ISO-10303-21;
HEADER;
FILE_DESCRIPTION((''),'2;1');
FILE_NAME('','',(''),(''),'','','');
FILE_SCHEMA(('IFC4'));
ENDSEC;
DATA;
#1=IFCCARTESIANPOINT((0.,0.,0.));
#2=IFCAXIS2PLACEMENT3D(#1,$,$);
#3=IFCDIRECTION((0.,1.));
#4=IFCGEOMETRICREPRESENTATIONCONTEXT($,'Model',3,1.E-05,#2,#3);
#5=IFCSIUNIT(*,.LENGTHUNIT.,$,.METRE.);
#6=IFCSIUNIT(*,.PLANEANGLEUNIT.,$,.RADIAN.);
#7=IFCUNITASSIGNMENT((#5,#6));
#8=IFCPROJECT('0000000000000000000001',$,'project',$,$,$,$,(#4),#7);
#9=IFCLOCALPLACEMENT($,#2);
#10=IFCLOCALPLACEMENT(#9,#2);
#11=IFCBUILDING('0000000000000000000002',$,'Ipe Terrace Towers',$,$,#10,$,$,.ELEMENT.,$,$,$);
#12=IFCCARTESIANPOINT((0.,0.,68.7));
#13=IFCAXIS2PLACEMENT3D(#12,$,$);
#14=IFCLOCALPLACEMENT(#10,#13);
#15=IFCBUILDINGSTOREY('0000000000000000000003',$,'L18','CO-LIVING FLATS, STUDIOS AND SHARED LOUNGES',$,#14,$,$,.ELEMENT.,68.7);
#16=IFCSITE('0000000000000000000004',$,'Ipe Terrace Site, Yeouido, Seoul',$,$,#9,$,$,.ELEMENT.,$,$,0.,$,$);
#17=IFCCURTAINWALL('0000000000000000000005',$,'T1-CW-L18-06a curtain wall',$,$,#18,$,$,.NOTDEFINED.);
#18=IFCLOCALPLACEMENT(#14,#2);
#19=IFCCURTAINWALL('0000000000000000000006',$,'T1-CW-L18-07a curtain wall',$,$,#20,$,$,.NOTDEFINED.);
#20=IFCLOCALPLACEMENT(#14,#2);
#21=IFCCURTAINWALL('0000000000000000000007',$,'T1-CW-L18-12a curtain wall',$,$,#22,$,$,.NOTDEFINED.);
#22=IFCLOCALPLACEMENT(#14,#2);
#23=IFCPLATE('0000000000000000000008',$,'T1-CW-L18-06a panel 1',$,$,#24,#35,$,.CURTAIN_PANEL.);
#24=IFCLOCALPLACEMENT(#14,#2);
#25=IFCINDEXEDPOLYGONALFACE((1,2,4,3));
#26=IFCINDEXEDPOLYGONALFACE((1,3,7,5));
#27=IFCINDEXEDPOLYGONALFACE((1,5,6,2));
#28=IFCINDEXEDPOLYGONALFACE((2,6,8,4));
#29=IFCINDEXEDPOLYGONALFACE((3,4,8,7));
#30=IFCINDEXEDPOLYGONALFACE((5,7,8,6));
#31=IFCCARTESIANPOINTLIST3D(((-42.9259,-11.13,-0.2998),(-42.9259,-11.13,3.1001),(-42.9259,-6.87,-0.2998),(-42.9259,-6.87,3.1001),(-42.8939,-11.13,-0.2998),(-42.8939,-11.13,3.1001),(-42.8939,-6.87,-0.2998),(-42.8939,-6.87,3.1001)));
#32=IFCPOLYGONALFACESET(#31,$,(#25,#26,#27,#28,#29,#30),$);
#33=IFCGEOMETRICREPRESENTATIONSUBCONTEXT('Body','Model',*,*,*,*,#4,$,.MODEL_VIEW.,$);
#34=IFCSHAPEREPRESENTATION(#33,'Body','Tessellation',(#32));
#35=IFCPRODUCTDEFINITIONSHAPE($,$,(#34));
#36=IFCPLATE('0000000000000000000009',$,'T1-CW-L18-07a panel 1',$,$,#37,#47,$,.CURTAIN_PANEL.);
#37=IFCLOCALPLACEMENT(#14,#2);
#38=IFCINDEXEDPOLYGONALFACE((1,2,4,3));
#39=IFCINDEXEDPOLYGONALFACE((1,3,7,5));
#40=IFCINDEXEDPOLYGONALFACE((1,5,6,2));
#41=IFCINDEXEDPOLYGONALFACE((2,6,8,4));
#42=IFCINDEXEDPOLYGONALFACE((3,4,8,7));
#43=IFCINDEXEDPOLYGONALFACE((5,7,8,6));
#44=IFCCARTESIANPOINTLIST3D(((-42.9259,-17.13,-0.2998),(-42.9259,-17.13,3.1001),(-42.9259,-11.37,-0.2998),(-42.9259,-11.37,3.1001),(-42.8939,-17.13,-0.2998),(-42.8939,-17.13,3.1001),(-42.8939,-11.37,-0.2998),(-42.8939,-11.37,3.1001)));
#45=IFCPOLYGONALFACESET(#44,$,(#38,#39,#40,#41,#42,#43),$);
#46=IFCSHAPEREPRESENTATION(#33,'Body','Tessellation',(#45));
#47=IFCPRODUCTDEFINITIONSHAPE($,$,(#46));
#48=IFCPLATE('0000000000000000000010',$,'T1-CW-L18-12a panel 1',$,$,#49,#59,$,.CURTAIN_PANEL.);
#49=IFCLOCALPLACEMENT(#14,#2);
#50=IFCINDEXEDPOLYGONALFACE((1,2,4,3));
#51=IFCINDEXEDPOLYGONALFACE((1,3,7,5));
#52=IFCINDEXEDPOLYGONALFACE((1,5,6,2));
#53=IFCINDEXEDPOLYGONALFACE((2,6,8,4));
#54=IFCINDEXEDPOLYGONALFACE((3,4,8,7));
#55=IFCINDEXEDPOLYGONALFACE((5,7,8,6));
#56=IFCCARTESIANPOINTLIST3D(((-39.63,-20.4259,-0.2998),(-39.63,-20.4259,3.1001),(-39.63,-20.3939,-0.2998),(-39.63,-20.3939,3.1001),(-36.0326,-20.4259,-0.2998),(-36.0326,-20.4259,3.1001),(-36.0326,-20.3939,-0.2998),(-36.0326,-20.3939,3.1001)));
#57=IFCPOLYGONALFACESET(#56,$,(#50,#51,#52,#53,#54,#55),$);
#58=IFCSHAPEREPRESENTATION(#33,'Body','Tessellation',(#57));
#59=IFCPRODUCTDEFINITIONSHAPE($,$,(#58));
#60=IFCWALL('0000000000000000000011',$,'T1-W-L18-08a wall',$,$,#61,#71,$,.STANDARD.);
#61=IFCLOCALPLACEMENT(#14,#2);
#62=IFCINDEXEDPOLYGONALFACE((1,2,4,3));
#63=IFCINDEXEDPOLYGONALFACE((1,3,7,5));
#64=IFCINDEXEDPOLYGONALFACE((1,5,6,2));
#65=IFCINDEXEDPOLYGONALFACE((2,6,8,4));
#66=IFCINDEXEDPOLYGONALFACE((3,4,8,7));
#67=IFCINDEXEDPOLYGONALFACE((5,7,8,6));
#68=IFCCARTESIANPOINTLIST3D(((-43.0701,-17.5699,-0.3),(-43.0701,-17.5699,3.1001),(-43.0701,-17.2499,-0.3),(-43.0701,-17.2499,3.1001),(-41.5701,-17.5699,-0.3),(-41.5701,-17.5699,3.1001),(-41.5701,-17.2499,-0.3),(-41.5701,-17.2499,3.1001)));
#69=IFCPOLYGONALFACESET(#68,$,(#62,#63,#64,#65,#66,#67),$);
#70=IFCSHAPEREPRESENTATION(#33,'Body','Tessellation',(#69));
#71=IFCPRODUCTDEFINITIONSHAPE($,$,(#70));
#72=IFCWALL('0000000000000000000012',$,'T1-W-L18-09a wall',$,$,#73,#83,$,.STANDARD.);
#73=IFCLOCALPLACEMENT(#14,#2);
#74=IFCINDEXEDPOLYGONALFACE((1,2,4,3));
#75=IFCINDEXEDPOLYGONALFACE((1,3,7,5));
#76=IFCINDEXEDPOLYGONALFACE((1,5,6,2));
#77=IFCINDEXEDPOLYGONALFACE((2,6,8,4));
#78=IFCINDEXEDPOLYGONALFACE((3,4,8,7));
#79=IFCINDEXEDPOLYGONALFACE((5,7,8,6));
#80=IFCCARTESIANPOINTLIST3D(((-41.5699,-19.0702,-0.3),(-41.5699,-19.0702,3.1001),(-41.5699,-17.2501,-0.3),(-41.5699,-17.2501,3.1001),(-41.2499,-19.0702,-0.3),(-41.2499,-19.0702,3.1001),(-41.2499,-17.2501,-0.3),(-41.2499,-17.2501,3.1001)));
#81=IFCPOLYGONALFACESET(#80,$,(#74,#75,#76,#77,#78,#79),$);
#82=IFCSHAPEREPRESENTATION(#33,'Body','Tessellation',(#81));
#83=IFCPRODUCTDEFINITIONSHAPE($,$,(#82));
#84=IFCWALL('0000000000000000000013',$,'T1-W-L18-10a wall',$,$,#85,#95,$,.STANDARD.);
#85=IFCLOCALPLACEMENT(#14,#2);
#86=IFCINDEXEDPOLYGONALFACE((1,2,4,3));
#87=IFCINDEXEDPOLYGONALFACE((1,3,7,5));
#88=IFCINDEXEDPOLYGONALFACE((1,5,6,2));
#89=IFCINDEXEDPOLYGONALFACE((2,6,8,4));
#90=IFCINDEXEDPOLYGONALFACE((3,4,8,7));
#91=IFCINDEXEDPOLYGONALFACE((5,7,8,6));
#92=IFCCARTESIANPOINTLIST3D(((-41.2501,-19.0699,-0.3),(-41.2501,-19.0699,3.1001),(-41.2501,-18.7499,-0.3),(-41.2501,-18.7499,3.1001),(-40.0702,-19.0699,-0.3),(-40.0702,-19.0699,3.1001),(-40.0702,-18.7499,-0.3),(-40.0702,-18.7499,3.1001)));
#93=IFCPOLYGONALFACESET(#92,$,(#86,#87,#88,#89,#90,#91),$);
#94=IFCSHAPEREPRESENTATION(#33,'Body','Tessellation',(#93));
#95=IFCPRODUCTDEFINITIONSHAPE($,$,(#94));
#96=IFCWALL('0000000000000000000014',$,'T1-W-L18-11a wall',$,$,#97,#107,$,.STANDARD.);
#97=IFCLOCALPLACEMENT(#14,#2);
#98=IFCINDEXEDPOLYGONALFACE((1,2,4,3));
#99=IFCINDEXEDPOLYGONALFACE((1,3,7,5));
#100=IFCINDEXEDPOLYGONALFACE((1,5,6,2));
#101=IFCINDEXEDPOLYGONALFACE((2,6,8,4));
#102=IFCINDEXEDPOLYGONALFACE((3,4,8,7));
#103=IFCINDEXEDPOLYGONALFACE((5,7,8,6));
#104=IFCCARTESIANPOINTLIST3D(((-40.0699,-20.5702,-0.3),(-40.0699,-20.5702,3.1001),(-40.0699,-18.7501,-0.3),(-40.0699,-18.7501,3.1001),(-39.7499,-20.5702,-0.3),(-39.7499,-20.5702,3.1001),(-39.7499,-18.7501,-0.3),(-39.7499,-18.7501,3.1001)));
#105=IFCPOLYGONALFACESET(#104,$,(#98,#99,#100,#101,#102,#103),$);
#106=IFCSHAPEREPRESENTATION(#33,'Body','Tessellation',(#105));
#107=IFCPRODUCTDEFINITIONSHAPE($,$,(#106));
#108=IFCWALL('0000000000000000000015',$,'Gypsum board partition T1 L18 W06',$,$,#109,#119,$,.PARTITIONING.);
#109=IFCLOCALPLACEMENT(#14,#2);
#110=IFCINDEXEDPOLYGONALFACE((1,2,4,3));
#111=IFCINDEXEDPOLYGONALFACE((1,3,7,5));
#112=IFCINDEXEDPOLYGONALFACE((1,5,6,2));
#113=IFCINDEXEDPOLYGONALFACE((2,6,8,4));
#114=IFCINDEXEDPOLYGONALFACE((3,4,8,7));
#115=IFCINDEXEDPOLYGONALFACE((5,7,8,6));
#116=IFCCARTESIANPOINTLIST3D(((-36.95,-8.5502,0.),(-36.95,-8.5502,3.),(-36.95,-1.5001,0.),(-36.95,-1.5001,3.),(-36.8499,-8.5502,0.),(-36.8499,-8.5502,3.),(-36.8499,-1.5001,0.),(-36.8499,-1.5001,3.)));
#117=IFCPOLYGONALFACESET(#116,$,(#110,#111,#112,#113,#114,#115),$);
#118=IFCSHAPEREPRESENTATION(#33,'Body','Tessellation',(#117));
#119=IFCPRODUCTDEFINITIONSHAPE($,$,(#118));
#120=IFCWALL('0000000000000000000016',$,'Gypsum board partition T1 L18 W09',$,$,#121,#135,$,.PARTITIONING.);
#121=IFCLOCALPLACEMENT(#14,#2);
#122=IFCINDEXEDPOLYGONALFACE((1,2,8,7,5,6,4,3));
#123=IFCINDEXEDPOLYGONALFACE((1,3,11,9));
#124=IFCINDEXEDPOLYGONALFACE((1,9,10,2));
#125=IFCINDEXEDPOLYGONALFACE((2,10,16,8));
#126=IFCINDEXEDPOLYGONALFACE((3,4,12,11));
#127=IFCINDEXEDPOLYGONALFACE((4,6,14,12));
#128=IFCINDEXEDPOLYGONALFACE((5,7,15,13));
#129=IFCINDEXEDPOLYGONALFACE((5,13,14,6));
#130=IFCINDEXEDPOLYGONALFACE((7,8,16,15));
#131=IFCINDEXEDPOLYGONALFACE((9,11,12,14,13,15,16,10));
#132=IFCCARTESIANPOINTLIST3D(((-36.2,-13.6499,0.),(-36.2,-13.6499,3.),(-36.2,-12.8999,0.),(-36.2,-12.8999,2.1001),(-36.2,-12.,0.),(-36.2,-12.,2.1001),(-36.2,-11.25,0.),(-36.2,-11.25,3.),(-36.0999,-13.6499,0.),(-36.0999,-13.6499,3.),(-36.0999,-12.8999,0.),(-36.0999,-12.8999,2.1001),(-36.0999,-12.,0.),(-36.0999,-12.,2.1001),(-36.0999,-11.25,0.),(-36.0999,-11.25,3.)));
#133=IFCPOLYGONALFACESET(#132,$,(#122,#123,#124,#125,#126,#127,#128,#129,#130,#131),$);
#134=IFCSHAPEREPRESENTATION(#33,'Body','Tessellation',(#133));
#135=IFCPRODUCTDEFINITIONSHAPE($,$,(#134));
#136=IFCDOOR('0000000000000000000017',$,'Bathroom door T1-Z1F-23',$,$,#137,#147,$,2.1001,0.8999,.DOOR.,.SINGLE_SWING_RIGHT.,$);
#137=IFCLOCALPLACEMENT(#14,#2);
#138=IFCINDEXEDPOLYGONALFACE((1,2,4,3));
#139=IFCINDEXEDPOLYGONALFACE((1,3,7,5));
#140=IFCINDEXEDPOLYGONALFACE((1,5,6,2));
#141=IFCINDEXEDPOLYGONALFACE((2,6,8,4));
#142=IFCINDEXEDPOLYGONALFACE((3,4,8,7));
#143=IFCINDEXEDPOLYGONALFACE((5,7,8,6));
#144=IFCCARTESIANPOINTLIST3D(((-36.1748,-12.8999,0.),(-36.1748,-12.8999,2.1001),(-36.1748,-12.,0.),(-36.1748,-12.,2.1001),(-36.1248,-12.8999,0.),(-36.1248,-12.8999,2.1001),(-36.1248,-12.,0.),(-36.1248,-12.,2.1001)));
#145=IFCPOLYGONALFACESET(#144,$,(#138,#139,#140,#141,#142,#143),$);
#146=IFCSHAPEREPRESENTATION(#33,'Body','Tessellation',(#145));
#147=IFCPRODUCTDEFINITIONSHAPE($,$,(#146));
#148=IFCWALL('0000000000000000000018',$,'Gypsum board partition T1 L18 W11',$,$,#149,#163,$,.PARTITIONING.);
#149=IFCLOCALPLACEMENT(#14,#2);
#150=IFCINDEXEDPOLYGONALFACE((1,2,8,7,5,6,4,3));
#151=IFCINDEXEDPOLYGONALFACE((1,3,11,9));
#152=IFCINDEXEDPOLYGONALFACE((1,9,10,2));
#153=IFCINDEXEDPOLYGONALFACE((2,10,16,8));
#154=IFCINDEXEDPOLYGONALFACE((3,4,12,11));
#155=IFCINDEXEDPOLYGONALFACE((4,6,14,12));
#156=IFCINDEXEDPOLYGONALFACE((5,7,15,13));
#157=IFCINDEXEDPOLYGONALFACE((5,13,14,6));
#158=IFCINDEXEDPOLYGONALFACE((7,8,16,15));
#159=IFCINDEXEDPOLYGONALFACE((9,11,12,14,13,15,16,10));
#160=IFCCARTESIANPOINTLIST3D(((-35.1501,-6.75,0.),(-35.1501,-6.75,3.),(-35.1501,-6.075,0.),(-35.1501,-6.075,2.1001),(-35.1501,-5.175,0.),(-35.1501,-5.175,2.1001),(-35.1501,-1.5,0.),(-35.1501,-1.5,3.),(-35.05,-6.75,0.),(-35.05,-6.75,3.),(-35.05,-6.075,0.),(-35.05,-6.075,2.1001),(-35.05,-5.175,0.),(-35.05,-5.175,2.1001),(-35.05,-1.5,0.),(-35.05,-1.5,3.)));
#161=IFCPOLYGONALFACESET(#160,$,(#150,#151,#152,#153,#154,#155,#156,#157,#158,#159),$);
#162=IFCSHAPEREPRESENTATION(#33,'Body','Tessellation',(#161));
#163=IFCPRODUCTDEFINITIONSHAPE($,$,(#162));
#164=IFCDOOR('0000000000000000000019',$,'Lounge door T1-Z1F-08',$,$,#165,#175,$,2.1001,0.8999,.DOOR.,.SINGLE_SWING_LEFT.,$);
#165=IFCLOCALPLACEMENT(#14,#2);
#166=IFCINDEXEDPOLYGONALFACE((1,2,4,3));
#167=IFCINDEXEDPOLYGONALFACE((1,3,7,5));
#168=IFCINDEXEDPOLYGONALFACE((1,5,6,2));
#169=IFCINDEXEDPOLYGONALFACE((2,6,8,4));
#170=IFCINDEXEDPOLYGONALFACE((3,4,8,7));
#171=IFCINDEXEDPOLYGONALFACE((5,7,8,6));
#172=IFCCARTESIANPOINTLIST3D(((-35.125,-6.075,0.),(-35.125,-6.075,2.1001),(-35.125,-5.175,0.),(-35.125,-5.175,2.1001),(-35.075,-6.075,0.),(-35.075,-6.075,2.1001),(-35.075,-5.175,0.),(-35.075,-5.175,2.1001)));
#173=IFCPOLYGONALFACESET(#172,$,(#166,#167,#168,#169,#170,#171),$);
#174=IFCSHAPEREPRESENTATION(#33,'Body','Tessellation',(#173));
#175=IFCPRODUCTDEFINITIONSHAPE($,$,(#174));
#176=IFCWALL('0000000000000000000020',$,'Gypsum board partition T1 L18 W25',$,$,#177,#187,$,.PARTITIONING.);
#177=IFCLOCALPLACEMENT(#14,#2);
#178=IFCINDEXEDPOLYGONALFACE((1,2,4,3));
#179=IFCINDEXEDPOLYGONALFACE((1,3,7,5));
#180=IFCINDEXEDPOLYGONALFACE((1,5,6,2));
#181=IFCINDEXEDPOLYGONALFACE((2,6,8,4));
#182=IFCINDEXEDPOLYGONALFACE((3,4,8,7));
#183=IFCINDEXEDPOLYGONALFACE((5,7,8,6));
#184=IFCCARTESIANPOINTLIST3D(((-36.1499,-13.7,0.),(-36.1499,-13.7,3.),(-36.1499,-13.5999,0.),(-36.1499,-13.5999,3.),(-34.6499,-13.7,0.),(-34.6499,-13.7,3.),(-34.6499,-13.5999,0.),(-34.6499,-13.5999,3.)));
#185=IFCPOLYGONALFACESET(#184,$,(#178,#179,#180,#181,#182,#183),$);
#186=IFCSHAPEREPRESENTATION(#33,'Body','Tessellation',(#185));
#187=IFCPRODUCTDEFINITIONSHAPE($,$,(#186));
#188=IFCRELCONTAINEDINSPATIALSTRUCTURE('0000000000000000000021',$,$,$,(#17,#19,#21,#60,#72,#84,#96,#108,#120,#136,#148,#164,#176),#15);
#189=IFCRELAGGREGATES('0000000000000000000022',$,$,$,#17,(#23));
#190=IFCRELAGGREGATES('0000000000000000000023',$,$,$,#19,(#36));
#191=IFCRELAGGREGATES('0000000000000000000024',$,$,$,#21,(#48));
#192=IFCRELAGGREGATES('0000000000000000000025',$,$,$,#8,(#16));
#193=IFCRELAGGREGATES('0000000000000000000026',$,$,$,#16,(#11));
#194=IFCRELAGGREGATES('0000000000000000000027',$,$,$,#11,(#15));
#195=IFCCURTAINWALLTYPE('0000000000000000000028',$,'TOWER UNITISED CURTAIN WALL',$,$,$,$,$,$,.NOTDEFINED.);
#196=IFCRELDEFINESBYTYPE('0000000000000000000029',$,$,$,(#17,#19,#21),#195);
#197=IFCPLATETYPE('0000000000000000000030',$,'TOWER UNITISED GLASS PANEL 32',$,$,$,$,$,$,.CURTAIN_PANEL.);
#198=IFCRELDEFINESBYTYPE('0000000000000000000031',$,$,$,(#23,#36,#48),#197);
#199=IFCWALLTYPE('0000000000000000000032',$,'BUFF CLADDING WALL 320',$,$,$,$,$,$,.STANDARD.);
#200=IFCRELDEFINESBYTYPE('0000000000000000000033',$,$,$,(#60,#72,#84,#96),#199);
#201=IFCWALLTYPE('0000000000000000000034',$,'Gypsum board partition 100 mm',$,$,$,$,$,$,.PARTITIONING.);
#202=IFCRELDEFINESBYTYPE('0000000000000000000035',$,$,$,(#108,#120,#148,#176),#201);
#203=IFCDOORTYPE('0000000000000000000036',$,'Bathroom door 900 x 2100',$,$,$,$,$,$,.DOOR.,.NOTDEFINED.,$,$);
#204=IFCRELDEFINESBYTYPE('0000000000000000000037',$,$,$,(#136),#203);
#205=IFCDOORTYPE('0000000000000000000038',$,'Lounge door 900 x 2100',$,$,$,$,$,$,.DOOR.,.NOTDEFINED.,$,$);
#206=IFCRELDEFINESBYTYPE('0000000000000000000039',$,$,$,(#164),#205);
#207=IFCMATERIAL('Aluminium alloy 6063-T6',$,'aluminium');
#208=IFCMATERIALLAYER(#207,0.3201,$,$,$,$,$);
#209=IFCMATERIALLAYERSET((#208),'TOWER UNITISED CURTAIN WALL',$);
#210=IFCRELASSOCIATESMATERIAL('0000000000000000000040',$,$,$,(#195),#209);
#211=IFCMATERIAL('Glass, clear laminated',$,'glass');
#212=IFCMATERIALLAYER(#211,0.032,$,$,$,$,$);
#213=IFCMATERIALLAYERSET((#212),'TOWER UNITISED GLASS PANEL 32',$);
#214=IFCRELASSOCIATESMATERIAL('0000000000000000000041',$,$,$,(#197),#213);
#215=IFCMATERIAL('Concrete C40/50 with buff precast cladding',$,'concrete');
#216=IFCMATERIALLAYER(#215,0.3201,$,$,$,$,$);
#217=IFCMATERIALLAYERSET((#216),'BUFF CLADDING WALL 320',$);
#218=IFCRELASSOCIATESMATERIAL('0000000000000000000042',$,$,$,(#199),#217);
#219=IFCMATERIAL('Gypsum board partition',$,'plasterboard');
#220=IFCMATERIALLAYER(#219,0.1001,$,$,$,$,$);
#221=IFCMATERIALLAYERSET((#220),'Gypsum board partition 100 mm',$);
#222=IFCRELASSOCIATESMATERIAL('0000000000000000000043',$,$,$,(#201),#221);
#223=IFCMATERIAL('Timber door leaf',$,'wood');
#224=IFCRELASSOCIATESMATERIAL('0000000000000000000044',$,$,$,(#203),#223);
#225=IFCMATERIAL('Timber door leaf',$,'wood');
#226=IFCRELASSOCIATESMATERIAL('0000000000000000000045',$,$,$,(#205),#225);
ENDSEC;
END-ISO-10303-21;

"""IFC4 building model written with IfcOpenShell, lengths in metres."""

from ifc_helpers import new_model, si_unit, direction, frame, frame_2d, origin, origin_2d, place, context, subcontext, project, spatial, rectangle, extrude, material, layer, layer_set, type_object, element, fill, aggregate, save


model = new_model("IFC4")

# Units and contexts
model_context = context("Model", 3, precision=1e-05, world=origin(), true_north=direction((0.0, 1.0)))
body_context = subcontext(model_context, "Body", "Model", "MODEL_VIEW")
ifc_project = project(units=[si_unit("LENGTHUNIT", "METRE"), si_unit("PLANEANGLEUNIT", "RADIAN")], contexts=[model_context])

# Site, building, storey
site_placement = place(None, origin())
site = spatial("IfcSite", under=ifc_project, at=site_placement, Name="Ipe Terrace Site, Yeouido, Seoul", CompositionType="ELEMENT", RefElevation=0.0)
building_placement = place(site_placement, origin())
building = spatial("IfcBuilding", under=site, at=building_placement, Name="Ipe Terrace Towers", CompositionType="ELEMENT")
storey_placement = place(building_placement, frame((0.0, 0.0, 68.7)))
storey = spatial("IfcBuildingStorey", under=building, at=storey_placement, Name="L18", Description="CO-LIVING FLATS, STUDIOS AND SHARED LOUNGES", CompositionType="ELEMENT", Elevation=68.7)

# Curtain walls
ifc_material_1 = material(Name="Aluminium alloy 6063-T6", Category="aluminium")
ifc_layer_1 = layer(ifc_material_1, 0.3201)
ifc_layer_set_1 = layer_set([ifc_layer_1], Name="TOWER UNITISED CURTAIN WALL")
curtain_wall_type = type_object("IfcCurtainWallType", Name="TOWER UNITISED CURTAIN WALL", PredefinedType="NOTDEFINED", material=ifc_layer_set_1)
curtain_wall_1_placement = place(storey_placement, origin())
curtain_wall_1 = element("IfcCurtainWall", 1, at=curtain_wall_1_placement, inside=storey, type_object=curtain_wall_type, Name="T1-CW-L18-06a curtain wall", PredefinedType="NOTDEFINED")
curtain_wall_2_placement = place(storey_placement, origin())
curtain_wall_2 = element("IfcCurtainWall", 2, at=curtain_wall_2_placement, inside=storey, type_object=curtain_wall_type, Name="T1-CW-L18-07a curtain wall", PredefinedType="NOTDEFINED")
curtain_wall_3_placement = place(storey_placement, origin())
curtain_wall_3 = element("IfcCurtainWall", 3, at=curtain_wall_3_placement, inside=storey, type_object=curtain_wall_type, Name="T1-CW-L18-12a curtain wall", PredefinedType="NOTDEFINED")

# Plates
ifc_material_2 = material(Name="Glass, clear laminated", Category="glass")
ifc_layer_2 = layer(ifc_material_2, 0.032)
ifc_layer_set_2 = layer_set([ifc_layer_2], Name="TOWER UNITISED GLASS PANEL 32")
plate_type = type_object("IfcPlateType", Name="TOWER UNITISED GLASS PANEL 32", PredefinedType="CURTAIN_PANEL", material=ifc_layer_set_2)
plate_1_placement = place(storey_placement, frame((-42.9099, -9.0, -0.2998), z_axis=(0.0, 0.0, 1.0), x_axis=(0.0, -1.0, 0.0)))
plate_1 = element("IfcPlate", 4, at=plate_1_placement, type_object=plate_type, Name="T1-CW-L18-06a panel 1", PredefinedType="CURTAIN_PANEL", context=body_context, shape_type="SweptSolid", body=[
    extrude(rectangle(XDim=4.26, YDim=0.032, at=origin_2d()), origin(), (0.0, 0.0, 1.0), 3.3999),
])
aggregate(curtain_wall_1, [plate_1])
plate_2_placement = place(storey_placement, frame((-42.9099, -14.25, -0.2998), z_axis=(0.0, 0.0, 1.0), x_axis=(0.0, -1.0, 0.0)))
plate_2 = element("IfcPlate", 5, at=plate_2_placement, type_object=plate_type, Name="T1-CW-L18-07a panel 1", PredefinedType="CURTAIN_PANEL", context=body_context, shape_type="SweptSolid", body=[
    extrude(rectangle(XDim=5.76, YDim=0.032, at=origin_2d()), origin(), (0.0, 0.0, 1.0), 3.3999),
])
aggregate(curtain_wall_2, [plate_2])
plate_3_placement = place(storey_placement, frame((-37.8313, -20.4099, -0.2998), z_axis=(0.0, 0.0, 1.0), x_axis=(1.0, 0.0, 0.0)))
plate_3 = element("IfcPlate", 6, at=plate_3_placement, type_object=plate_type, Name="T1-CW-L18-12a panel 1", PredefinedType="CURTAIN_PANEL", context=body_context, shape_type="SweptSolid", body=[
    extrude(rectangle(XDim=3.5974, YDim=0.032, at=origin_2d()), origin(), (0.0, 0.0, 1.0), 3.3999),
])
aggregate(curtain_wall_3, [plate_3])

# Walls
ifc_material_3 = material(Name="Concrete C40/50 with buff precast cladding", Category="concrete")
ifc_layer_3 = layer(ifc_material_3, 0.3201)
ifc_layer_set_3 = layer_set([ifc_layer_3], Name="BUFF CLADDING WALL 320")
wall_type_1 = type_object("IfcWallType", Name="BUFF CLADDING WALL 320", PredefinedType="STANDARD", material=ifc_layer_set_3)
wall_1_placement = place(storey_placement, frame((-43.0701, -17.4099, -0.3), z_axis=(0.0, 0.0, 1.0), x_axis=(1.0, 0.0, 0.0)))
element("IfcWall", 7, at=wall_1_placement, inside=storey, type_object=wall_type_1, Name="T1-W-L18-08a wall", PredefinedType="STANDARD", context=body_context, shape_type="SweptSolid", body=[
    extrude(rectangle(XDim=1.5, YDim=0.3201, at=frame_2d((0.75, 0.0))), origin(), (0.0, 0.0, 1.0), 3.4001),
])
wall_2_placement = place(storey_placement, frame((-41.4099, -17.25, -0.3), z_axis=(0.0, 0.0, 1.0), x_axis=(0.0, -1.0, 0.0)))
element("IfcWall", 8, at=wall_2_placement, inside=storey, type_object=wall_type_1, Name="T1-W-L18-09a wall", PredefinedType="STANDARD", context=body_context, shape_type="SweptSolid", body=[
    extrude(rectangle(XDim=1.8201, YDim=0.3201, at=frame_2d((0.9102, 0.0))), origin(), (0.0, 0.0, 1.0), 3.4001),
])
wall_3_placement = place(storey_placement, frame((-41.25, -18.9099, -0.3), z_axis=(0.0, 0.0, 1.0), x_axis=(1.0, 0.0, 0.0)))
element("IfcWall", 9, at=wall_3_placement, inside=storey, type_object=wall_type_1, Name="T1-W-L18-10a wall", PredefinedType="STANDARD", context=body_context, shape_type="SweptSolid", body=[
    extrude(rectangle(XDim=1.1799, YDim=0.3201, at=frame_2d((0.5898, 0.0))), origin(), (0.0, 0.0, 1.0), 3.4001),
])
wall_4_placement = place(storey_placement, frame((-39.9099, -18.75, -0.3), z_axis=(0.0, 0.0, 1.0), x_axis=(0.0, -1.0, 0.0)))
element("IfcWall", 10, at=wall_4_placement, inside=storey, type_object=wall_type_1, Name="T1-W-L18-11a wall", PredefinedType="STANDARD", context=body_context, shape_type="SweptSolid", body=[
    extrude(rectangle(XDim=1.8201, YDim=0.3201, at=frame_2d((0.9102, 0.0))), origin(), (0.0, 0.0, 1.0), 3.4001),
])
ifc_material_4 = material(Name="Gypsum board partition", Category="plasterboard")
ifc_layer_4 = layer(ifc_material_4, 0.1001)
ifc_layer_set_4 = layer_set([ifc_layer_4], Name="Gypsum board partition 100 mm")
wall_type_2 = type_object("IfcWallType", Name="Gypsum board partition 100 mm", PredefinedType="PARTITIONING", material=ifc_layer_set_4)
wall_5_placement = place(storey_placement, frame((-36.8999, -8.55, 0.0), z_axis=(0.0, 0.0, 1.0), x_axis=(0.0, 1.0, 0.0)))
element("IfcWall", 11, at=wall_5_placement, inside=storey, type_object=wall_type_2, Name="Gypsum board partition T1 L18 W06", PredefinedType="PARTITIONING", context=body_context, shape_type="SweptSolid", body=[
    extrude(rectangle(XDim=7.05, YDim=0.1001, at=frame_2d((3.5249, 0.0))), origin(), (0.0, 0.0, 1.0), 3.0),
])

# Walls, openings, doors
wall_6_placement = place(storey_placement, frame((-36.1499, -13.6499, 0.0), z_axis=(0.0, 0.0, 1.0), x_axis=(0.0, 1.0, 0.0)))
wall_6 = element("IfcWall", 12, at=wall_6_placement, inside=storey, type_object=wall_type_2, Name="Gypsum board partition T1 L18 W09", PredefinedType="PARTITIONING", context=body_context, shape_type="SweptSolid", body=[
    extrude(rectangle(XDim=2.3999, YDim=0.1001, at=frame_2d((1.2, 0.0))), origin(), (0.0, 0.0, 1.0), 3.0),
])
opening_1_placement = place(wall_6_placement, frame((0.75, 0.0, 0.0)))
opening_1 = element("IfcOpeningElement", 13, at=opening_1_placement, cuts=wall_6, PredefinedType="OPENING", context=body_context, shape_type="SweptSolid", body=[
    extrude(rectangle(XDim=0.8999, YDim=2.1001, at=frame_2d((0.45, 1.05))), frame((0.0, 0.0601, 0.0), z_axis=(0.0, -1.0, 0.0), x_axis=(1.0, 0.0, 0.0)), (0.0, 0.0, 1.0), 0.1201),
])
ifc_material_5 = material(Name="Timber door leaf", Category="wood")
door_type_1 = type_object("IfcDoorType", Name="Bathroom door 900 x 2100", OperationType="NOTDEFINED", PredefinedType="DOOR", material=ifc_material_5)
door_1_placement = place(opening_1_placement, origin())
door_1 = element("IfcDoor", 14, at=door_1_placement, inside=storey, type_object=door_type_1, Name="Bathroom door T1-Z1F-23", OperationType="SINGLE_SWING_RIGHT", OverallHeight=2.1001, OverallWidth=0.8999, PredefinedType="DOOR", context=body_context, shape_type="SweptSolid", body=[
    extrude(rectangle(XDim=0.8999, YDim=2.1001, at=frame_2d((0.45, 1.05))), frame((0.0, 0.0249, 0.0), z_axis=(0.0, -1.0, 0.0), x_axis=(1.0, 0.0, 0.0)), (0.0, 0.0, 1.0), 0.05),
])
fill(opening_1, door_1)
wall_7_placement = place(storey_placement, frame((-35.1001, -6.75, 0.0), z_axis=(0.0, 0.0, 1.0), x_axis=(0.0, 1.0, 0.0)))
wall_7 = element("IfcWall", 15, at=wall_7_placement, inside=storey, type_object=wall_type_2, Name="Gypsum board partition T1 L18 W11", PredefinedType="PARTITIONING", context=body_context, shape_type="SweptSolid", body=[
    extrude(rectangle(XDim=5.25, YDim=0.1001, at=frame_2d((2.625, 0.0))), origin(), (0.0, 0.0, 1.0), 3.0),
])
opening_2_placement = place(wall_7_placement, frame((0.675, 0.0, 0.0)))
opening_2 = element("IfcOpeningElement", 16, at=opening_2_placement, cuts=wall_7, PredefinedType="OPENING", context=body_context, shape_type="SweptSolid", body=[
    extrude(rectangle(XDim=0.8999, YDim=2.1001, at=frame_2d((0.45, 1.05))), frame((0.0, 0.0601, 0.0), z_axis=(0.0, -1.0, 0.0), x_axis=(1.0, 0.0, 0.0)), (0.0, 0.0, 1.0), 0.1201),
])
ifc_material_6 = material(Name="Timber door leaf", Category="wood")
door_type_2 = type_object("IfcDoorType", Name="Lounge door 900 x 2100", OperationType="NOTDEFINED", PredefinedType="DOOR", material=ifc_material_6)
door_2_placement = place(opening_2_placement, origin())
door_2 = element("IfcDoor", 17, at=door_2_placement, inside=storey, type_object=door_type_2, Name="Lounge door T1-Z1F-08", OperationType="SINGLE_SWING_LEFT", OverallHeight=2.1001, OverallWidth=0.8999, PredefinedType="DOOR", context=body_context, shape_type="SweptSolid", body=[
    extrude(rectangle(XDim=0.8999, YDim=2.1001, at=frame_2d((0.45, 1.05))), frame((0.0, 0.0249, 0.0), z_axis=(0.0, -1.0, 0.0), x_axis=(1.0, 0.0, 0.0)), (0.0, 0.0, 1.0), 0.05),
])
fill(opening_2, door_2)

# Wall
wall_8_placement = place(storey_placement, frame((-36.1499, -13.6499, 0.0), z_axis=(0.0, 0.0, 1.0), x_axis=(1.0, 0.0, 0.0)))
element("IfcWall", 18, at=wall_8_placement, inside=storey, type_object=wall_type_2, Name="Gypsum board partition T1 L18 W25", PredefinedType="PARTITIONING", context=body_context, shape_type="SweptSolid", body=[
    extrude(rectangle(XDim=1.5, YDim=0.1001, at=frame_2d((0.75, 0.0))), origin(), (0.0, 0.0, 1.0), 3.0),
])

save(model, "model.ifc")
